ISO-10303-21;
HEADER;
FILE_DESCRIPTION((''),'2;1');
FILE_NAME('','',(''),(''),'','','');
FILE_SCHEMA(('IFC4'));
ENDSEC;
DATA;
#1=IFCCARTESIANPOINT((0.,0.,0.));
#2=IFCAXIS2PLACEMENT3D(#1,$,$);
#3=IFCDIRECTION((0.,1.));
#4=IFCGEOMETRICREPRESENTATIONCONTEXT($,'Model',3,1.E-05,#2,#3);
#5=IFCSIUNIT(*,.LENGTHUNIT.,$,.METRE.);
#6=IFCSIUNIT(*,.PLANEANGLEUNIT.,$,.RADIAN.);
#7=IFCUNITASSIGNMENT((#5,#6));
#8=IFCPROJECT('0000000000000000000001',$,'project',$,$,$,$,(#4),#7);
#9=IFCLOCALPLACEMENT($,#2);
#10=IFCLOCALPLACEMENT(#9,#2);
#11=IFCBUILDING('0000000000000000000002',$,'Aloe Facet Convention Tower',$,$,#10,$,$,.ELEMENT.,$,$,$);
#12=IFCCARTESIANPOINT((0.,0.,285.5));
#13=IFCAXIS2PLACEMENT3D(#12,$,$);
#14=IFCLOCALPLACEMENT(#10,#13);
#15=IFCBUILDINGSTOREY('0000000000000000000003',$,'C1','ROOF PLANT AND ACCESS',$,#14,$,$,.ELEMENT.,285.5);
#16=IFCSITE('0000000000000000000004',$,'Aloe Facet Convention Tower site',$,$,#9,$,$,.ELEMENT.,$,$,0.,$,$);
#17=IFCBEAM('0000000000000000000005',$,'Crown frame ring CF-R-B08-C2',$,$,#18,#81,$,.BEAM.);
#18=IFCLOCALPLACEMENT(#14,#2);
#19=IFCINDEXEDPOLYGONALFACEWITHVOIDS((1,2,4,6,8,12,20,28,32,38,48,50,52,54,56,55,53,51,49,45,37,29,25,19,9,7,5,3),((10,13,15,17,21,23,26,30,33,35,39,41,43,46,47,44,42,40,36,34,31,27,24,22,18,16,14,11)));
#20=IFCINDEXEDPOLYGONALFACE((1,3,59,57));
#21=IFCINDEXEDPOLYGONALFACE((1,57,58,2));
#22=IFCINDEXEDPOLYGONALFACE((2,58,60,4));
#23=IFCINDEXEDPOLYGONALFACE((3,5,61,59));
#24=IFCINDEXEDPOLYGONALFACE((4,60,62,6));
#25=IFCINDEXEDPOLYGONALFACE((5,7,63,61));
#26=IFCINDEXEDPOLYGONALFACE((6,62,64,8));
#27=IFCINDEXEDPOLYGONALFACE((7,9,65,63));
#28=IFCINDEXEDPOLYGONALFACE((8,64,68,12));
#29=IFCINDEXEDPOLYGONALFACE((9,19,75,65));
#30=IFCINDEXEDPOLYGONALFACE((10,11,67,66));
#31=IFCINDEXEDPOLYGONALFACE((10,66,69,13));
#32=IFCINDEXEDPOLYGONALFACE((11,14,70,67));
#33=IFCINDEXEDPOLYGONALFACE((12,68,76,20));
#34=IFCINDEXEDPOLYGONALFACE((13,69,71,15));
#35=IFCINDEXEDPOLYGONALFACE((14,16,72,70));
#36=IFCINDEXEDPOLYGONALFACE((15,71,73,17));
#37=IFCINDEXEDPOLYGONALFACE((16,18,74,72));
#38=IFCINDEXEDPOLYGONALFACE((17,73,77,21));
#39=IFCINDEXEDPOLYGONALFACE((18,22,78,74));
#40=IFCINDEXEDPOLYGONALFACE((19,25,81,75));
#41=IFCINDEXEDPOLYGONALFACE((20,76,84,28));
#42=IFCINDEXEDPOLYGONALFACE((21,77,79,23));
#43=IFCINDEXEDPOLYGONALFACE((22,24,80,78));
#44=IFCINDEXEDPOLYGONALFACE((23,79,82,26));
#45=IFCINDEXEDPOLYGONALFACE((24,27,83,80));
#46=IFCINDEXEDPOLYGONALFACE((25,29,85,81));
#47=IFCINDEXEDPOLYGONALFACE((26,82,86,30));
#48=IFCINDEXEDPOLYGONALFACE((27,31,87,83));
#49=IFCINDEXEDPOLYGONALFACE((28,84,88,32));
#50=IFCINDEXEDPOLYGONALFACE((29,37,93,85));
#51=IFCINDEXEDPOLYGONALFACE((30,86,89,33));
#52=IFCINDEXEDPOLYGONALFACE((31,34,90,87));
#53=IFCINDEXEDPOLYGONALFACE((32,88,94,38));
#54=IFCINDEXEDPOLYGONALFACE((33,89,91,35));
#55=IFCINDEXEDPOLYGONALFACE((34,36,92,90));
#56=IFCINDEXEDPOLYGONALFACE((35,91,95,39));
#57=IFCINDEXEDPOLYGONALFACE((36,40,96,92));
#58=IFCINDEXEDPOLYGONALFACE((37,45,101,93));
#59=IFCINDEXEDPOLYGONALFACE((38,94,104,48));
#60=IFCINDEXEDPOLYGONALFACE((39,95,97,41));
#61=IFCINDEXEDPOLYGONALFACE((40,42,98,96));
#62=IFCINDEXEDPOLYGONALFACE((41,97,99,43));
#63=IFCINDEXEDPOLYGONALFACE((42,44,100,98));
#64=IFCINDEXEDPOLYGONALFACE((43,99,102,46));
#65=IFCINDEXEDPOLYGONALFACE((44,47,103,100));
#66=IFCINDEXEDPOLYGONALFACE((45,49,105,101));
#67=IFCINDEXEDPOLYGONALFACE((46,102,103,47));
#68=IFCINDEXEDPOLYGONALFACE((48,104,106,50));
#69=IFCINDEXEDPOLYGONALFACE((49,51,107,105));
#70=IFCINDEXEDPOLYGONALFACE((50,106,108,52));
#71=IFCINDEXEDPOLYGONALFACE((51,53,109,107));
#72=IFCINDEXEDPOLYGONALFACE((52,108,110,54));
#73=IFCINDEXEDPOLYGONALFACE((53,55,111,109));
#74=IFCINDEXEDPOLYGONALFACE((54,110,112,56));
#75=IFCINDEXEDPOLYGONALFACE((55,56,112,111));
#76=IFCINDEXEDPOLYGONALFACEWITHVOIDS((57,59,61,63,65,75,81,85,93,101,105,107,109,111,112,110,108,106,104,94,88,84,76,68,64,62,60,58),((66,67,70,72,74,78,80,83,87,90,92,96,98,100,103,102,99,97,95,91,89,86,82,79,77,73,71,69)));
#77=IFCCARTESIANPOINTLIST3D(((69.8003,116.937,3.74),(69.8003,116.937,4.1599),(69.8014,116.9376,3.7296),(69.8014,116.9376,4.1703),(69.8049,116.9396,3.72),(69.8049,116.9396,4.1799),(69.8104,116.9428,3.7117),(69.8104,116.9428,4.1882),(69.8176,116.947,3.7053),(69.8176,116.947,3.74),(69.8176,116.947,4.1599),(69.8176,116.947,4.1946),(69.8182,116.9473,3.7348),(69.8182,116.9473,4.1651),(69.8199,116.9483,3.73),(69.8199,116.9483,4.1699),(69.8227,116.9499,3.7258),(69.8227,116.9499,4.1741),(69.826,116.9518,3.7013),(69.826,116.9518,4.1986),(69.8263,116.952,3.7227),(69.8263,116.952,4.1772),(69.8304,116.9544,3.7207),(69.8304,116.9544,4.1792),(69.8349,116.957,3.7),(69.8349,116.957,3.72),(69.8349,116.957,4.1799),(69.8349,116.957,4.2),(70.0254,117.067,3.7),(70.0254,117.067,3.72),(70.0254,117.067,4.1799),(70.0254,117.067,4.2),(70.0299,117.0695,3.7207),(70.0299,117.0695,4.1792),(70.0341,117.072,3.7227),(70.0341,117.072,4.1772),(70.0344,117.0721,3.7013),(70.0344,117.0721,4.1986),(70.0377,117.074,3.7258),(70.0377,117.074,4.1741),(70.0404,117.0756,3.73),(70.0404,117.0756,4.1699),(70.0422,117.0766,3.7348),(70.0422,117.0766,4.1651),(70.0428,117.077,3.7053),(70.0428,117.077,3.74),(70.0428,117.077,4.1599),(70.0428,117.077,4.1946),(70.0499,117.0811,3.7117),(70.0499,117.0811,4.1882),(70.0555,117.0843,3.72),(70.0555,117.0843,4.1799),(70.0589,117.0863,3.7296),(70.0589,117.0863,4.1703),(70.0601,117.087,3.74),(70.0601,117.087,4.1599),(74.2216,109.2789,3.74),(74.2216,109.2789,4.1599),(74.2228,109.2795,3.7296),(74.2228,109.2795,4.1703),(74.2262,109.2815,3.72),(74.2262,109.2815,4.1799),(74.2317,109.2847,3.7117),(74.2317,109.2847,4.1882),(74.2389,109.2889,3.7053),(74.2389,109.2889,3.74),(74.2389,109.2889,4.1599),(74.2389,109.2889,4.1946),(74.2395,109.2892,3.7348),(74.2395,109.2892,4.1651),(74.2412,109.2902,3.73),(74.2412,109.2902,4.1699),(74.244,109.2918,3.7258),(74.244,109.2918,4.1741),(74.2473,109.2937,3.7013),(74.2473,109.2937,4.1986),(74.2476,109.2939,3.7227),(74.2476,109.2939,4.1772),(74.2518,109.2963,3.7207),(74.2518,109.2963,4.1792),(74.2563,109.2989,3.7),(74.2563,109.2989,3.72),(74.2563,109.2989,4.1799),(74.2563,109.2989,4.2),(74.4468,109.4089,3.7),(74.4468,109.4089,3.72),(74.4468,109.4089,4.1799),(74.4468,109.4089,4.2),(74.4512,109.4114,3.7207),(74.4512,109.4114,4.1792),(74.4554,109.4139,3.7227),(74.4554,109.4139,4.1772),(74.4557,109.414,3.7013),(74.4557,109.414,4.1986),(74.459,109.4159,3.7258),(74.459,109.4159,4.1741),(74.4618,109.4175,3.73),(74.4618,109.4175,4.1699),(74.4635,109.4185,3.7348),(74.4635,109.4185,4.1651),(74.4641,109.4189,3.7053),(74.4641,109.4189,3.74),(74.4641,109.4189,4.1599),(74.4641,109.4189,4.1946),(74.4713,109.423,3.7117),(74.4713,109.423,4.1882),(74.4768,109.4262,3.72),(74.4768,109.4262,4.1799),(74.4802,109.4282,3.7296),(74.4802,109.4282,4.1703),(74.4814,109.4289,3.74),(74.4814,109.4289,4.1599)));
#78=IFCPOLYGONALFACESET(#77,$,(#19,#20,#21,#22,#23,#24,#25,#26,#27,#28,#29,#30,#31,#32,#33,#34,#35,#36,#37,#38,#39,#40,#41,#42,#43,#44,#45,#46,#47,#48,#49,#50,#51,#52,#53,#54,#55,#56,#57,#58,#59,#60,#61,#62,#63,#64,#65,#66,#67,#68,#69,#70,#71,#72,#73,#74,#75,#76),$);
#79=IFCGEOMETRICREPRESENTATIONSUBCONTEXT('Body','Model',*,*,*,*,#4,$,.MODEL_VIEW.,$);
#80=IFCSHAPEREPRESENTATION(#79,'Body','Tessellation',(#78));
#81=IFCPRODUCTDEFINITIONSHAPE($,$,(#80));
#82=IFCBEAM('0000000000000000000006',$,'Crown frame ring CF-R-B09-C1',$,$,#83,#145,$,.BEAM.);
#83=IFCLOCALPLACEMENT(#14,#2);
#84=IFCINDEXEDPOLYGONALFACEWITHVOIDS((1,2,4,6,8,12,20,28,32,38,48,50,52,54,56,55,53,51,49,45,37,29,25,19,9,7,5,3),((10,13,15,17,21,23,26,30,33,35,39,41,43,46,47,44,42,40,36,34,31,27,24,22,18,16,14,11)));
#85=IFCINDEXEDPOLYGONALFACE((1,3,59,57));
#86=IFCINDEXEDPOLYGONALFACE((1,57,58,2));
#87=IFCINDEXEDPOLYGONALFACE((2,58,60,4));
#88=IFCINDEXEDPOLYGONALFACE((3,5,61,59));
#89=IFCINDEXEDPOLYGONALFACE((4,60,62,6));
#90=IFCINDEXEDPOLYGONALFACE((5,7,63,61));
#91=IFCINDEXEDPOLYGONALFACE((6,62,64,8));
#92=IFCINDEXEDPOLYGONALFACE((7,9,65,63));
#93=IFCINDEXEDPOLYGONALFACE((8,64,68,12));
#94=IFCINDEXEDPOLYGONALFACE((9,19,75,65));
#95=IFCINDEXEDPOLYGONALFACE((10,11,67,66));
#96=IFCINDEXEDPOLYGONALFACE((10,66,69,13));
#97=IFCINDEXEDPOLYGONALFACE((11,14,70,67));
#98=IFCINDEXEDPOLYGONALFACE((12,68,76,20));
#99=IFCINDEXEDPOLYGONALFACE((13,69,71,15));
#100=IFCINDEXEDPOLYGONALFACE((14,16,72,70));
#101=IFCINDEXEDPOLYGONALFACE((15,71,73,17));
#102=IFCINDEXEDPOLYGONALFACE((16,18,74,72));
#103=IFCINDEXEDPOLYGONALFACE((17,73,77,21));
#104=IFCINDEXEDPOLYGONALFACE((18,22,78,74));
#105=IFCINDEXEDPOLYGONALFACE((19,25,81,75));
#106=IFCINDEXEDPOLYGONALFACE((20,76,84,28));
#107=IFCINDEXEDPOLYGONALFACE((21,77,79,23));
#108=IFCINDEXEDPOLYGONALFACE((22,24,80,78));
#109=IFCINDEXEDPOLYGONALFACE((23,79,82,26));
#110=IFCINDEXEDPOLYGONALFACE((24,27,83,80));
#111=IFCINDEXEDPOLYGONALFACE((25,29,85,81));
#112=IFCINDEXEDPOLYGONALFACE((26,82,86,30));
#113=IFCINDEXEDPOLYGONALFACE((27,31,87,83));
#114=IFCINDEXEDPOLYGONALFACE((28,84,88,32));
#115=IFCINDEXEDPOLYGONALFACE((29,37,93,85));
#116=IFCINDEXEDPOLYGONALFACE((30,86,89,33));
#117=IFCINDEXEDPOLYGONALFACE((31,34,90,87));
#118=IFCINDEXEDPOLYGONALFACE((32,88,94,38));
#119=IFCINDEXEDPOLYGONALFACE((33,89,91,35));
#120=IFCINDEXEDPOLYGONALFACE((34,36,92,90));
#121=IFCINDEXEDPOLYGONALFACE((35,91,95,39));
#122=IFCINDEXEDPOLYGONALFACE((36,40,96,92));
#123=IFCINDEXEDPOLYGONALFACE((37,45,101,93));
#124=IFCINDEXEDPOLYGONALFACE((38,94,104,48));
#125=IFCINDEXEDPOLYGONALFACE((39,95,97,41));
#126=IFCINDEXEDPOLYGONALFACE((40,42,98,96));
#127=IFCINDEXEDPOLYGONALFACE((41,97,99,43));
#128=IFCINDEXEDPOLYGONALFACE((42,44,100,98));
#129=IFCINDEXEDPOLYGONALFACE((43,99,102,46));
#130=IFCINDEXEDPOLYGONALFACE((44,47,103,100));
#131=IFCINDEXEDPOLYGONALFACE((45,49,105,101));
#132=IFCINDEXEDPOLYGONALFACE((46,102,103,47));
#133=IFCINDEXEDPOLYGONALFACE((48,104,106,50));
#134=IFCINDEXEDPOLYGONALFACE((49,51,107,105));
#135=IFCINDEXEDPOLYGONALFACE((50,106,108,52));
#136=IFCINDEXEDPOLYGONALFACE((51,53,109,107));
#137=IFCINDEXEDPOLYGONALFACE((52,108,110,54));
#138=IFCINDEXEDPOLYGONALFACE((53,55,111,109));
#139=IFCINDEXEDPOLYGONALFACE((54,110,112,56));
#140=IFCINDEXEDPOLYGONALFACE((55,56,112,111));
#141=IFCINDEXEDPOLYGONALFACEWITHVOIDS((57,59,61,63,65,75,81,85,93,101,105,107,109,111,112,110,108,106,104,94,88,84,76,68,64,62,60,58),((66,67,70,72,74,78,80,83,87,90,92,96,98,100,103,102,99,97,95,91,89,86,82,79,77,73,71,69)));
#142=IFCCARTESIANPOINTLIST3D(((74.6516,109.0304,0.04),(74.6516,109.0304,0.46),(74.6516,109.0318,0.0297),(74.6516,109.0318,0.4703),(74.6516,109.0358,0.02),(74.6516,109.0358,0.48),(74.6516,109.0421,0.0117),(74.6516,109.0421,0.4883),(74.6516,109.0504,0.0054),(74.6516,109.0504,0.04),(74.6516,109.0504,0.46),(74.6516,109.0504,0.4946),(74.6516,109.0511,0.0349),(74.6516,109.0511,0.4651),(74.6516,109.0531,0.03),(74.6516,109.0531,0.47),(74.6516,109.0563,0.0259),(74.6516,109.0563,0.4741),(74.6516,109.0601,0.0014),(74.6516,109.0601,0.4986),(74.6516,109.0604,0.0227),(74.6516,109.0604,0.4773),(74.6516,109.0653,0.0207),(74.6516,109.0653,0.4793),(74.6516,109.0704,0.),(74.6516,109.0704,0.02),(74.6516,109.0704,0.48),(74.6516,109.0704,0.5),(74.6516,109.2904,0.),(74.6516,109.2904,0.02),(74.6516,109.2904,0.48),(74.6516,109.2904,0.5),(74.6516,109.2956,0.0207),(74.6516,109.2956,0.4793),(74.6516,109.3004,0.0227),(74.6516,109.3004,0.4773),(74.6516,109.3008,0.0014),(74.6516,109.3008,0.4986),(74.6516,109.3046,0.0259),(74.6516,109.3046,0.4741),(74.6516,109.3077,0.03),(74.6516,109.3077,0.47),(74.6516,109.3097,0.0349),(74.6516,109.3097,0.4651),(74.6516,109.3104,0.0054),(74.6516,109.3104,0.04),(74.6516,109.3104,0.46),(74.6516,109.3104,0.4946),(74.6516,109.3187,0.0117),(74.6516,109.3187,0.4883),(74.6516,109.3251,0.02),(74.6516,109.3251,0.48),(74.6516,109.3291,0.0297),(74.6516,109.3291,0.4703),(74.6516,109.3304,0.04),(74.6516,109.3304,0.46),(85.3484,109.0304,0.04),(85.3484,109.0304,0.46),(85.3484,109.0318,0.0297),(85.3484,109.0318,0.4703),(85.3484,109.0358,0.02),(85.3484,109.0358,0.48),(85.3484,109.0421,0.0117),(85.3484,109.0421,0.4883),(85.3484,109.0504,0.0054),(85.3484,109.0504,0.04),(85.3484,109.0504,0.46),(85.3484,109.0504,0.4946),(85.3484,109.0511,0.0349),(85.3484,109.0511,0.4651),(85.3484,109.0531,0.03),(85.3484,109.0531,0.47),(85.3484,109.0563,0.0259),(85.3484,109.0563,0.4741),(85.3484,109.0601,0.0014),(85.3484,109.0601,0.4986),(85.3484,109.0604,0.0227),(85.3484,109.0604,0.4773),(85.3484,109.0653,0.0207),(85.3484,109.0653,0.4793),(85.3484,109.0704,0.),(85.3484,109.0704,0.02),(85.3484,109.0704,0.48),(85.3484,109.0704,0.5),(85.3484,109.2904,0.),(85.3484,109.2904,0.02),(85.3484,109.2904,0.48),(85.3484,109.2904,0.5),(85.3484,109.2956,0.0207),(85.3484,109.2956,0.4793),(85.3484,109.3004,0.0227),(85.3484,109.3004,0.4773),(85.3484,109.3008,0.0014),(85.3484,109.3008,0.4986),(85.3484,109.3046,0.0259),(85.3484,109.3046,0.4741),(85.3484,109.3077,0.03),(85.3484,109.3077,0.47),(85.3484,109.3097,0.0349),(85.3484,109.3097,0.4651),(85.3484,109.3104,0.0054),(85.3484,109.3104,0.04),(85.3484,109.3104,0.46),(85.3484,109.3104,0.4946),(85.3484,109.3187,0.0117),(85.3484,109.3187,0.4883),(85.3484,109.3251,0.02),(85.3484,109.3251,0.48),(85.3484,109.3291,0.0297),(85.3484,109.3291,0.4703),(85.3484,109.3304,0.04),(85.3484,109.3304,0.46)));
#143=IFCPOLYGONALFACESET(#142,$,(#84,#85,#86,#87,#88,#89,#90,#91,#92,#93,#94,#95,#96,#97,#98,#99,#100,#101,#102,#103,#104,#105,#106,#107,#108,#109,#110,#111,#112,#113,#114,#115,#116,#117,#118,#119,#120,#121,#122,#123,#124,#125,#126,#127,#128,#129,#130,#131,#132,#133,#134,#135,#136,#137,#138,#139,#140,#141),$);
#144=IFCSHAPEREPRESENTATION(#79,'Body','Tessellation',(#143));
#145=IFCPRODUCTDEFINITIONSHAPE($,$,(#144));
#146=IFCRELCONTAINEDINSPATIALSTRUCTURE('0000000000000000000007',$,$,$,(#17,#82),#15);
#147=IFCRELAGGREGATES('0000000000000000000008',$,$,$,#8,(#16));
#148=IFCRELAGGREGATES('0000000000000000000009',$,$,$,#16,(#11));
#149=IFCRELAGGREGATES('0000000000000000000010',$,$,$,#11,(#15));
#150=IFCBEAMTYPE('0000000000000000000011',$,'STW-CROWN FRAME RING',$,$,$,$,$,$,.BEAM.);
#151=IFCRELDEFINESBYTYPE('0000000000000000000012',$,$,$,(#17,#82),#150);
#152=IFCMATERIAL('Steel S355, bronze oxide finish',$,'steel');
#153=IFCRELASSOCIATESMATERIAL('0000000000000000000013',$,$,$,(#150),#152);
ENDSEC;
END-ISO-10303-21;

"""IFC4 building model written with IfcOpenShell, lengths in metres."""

from ifc_helpers import new_model, si_unit, direction, frame, origin, origin_2d, place, context, subcontext, project, spatial, hollow_rectangle, extrude, material, material_profile, profile_set, type_object, element, save


model = new_model("IFC4")

# Units and contexts
model_context = context("Model", 3, precision=1e-05, world=origin(), true_north=direction((0.0, 1.0)))
body_context = subcontext(model_context, "Body", "Model", "MODEL_VIEW")
ifc_project = project(units=[si_unit("LENGTHUNIT", "METRE"), si_unit("PLANEANGLEUNIT", "RADIAN")], contexts=[model_context])

# Site, building, storey
site_placement = place(None, origin())
site = spatial("IfcSite", under=ifc_project, at=site_placement, Name="Aloe Facet Convention Tower site", CompositionType="ELEMENT", RefElevation=0.0)
building_placement = place(site_placement, origin())
building = spatial("IfcBuilding", under=site, at=building_placement, Name="Aloe Facet Convention Tower", CompositionType="ELEMENT")
storey_placement = place(building_placement, frame((0.0, 0.0, 285.5)))
storey = spatial("IfcBuildingStorey", under=building, at=storey_placement, Name="C1", Description="ROOF PLANT AND ACCESS", CompositionType="ELEMENT", Elevation=285.5)

# Beams
ifc_material_1 = material(Name="Steel S355, bronze oxide finish", Category="steel")
ifc_material_profile_1 = material_profile(ifc_material_1, hollow_rectangle(XDim=0.3, YDim=0.5, WallThickness=0.02, InnerFilletRadius=0.02, OuterFilletRadius=0.04, at=origin_2d()), Name="RHS 500x300x20")
ifc_profile_set_1 = profile_set([ifc_material_profile_1], Name="Steel S355, bronze oxide finish")
beam_type = type_object("IfcBeamType", Name="STW-CROWN FRAME RING", PredefinedType="BEAM", material=ifc_profile_set_1)
for number, where, z_axis, x_axis, name in (
    (1, (69.9302, 117.012, 3.95), (0.499993, -0.866029, 0.0), (0.866029, 0.499993, 0.0), "Crown frame ring CF-R-B08-C2"),
):
    element("IfcBeam", number, at=place(storey_placement, frame(where, z_axis=z_axis, x_axis=x_axis)), inside=storey, type_object=beam_type, Name=name, PredefinedType="BEAM", context=body_context, shape_type="SweptSolid", body=[
        extrude(hollow_rectangle(XDim=0.3, YDim=0.5, WallThickness=0.02, InnerFilletRadius=0.02, OuterFilletRadius=0.04, at=origin_2d()), origin(), (0.0, 0.0, 1.0), 8.8428),
    ])
for number, where, z_axis, x_axis, name in (
    (2, (74.6516, 109.1804, 0.25), (1.0, 0.0, 0.0), (0.0, 1.0, 0.0), "Crown frame ring CF-R-B09-C1"),
):
    element("IfcBeam", number, at=place(storey_placement, frame(where, z_axis=z_axis, x_axis=x_axis)), inside=storey, type_object=beam_type, Name=name, PredefinedType="BEAM", context=body_context, shape_type="SweptSolid", body=[
        extrude(hollow_rectangle(XDim=0.3, YDim=0.5, WallThickness=0.02, InnerFilletRadius=0.02, OuterFilletRadius=0.04, at=origin_2d()), origin(), (0.0, 0.0, 1.0), 10.6968),
    ])

save(model, "model.ifc")
